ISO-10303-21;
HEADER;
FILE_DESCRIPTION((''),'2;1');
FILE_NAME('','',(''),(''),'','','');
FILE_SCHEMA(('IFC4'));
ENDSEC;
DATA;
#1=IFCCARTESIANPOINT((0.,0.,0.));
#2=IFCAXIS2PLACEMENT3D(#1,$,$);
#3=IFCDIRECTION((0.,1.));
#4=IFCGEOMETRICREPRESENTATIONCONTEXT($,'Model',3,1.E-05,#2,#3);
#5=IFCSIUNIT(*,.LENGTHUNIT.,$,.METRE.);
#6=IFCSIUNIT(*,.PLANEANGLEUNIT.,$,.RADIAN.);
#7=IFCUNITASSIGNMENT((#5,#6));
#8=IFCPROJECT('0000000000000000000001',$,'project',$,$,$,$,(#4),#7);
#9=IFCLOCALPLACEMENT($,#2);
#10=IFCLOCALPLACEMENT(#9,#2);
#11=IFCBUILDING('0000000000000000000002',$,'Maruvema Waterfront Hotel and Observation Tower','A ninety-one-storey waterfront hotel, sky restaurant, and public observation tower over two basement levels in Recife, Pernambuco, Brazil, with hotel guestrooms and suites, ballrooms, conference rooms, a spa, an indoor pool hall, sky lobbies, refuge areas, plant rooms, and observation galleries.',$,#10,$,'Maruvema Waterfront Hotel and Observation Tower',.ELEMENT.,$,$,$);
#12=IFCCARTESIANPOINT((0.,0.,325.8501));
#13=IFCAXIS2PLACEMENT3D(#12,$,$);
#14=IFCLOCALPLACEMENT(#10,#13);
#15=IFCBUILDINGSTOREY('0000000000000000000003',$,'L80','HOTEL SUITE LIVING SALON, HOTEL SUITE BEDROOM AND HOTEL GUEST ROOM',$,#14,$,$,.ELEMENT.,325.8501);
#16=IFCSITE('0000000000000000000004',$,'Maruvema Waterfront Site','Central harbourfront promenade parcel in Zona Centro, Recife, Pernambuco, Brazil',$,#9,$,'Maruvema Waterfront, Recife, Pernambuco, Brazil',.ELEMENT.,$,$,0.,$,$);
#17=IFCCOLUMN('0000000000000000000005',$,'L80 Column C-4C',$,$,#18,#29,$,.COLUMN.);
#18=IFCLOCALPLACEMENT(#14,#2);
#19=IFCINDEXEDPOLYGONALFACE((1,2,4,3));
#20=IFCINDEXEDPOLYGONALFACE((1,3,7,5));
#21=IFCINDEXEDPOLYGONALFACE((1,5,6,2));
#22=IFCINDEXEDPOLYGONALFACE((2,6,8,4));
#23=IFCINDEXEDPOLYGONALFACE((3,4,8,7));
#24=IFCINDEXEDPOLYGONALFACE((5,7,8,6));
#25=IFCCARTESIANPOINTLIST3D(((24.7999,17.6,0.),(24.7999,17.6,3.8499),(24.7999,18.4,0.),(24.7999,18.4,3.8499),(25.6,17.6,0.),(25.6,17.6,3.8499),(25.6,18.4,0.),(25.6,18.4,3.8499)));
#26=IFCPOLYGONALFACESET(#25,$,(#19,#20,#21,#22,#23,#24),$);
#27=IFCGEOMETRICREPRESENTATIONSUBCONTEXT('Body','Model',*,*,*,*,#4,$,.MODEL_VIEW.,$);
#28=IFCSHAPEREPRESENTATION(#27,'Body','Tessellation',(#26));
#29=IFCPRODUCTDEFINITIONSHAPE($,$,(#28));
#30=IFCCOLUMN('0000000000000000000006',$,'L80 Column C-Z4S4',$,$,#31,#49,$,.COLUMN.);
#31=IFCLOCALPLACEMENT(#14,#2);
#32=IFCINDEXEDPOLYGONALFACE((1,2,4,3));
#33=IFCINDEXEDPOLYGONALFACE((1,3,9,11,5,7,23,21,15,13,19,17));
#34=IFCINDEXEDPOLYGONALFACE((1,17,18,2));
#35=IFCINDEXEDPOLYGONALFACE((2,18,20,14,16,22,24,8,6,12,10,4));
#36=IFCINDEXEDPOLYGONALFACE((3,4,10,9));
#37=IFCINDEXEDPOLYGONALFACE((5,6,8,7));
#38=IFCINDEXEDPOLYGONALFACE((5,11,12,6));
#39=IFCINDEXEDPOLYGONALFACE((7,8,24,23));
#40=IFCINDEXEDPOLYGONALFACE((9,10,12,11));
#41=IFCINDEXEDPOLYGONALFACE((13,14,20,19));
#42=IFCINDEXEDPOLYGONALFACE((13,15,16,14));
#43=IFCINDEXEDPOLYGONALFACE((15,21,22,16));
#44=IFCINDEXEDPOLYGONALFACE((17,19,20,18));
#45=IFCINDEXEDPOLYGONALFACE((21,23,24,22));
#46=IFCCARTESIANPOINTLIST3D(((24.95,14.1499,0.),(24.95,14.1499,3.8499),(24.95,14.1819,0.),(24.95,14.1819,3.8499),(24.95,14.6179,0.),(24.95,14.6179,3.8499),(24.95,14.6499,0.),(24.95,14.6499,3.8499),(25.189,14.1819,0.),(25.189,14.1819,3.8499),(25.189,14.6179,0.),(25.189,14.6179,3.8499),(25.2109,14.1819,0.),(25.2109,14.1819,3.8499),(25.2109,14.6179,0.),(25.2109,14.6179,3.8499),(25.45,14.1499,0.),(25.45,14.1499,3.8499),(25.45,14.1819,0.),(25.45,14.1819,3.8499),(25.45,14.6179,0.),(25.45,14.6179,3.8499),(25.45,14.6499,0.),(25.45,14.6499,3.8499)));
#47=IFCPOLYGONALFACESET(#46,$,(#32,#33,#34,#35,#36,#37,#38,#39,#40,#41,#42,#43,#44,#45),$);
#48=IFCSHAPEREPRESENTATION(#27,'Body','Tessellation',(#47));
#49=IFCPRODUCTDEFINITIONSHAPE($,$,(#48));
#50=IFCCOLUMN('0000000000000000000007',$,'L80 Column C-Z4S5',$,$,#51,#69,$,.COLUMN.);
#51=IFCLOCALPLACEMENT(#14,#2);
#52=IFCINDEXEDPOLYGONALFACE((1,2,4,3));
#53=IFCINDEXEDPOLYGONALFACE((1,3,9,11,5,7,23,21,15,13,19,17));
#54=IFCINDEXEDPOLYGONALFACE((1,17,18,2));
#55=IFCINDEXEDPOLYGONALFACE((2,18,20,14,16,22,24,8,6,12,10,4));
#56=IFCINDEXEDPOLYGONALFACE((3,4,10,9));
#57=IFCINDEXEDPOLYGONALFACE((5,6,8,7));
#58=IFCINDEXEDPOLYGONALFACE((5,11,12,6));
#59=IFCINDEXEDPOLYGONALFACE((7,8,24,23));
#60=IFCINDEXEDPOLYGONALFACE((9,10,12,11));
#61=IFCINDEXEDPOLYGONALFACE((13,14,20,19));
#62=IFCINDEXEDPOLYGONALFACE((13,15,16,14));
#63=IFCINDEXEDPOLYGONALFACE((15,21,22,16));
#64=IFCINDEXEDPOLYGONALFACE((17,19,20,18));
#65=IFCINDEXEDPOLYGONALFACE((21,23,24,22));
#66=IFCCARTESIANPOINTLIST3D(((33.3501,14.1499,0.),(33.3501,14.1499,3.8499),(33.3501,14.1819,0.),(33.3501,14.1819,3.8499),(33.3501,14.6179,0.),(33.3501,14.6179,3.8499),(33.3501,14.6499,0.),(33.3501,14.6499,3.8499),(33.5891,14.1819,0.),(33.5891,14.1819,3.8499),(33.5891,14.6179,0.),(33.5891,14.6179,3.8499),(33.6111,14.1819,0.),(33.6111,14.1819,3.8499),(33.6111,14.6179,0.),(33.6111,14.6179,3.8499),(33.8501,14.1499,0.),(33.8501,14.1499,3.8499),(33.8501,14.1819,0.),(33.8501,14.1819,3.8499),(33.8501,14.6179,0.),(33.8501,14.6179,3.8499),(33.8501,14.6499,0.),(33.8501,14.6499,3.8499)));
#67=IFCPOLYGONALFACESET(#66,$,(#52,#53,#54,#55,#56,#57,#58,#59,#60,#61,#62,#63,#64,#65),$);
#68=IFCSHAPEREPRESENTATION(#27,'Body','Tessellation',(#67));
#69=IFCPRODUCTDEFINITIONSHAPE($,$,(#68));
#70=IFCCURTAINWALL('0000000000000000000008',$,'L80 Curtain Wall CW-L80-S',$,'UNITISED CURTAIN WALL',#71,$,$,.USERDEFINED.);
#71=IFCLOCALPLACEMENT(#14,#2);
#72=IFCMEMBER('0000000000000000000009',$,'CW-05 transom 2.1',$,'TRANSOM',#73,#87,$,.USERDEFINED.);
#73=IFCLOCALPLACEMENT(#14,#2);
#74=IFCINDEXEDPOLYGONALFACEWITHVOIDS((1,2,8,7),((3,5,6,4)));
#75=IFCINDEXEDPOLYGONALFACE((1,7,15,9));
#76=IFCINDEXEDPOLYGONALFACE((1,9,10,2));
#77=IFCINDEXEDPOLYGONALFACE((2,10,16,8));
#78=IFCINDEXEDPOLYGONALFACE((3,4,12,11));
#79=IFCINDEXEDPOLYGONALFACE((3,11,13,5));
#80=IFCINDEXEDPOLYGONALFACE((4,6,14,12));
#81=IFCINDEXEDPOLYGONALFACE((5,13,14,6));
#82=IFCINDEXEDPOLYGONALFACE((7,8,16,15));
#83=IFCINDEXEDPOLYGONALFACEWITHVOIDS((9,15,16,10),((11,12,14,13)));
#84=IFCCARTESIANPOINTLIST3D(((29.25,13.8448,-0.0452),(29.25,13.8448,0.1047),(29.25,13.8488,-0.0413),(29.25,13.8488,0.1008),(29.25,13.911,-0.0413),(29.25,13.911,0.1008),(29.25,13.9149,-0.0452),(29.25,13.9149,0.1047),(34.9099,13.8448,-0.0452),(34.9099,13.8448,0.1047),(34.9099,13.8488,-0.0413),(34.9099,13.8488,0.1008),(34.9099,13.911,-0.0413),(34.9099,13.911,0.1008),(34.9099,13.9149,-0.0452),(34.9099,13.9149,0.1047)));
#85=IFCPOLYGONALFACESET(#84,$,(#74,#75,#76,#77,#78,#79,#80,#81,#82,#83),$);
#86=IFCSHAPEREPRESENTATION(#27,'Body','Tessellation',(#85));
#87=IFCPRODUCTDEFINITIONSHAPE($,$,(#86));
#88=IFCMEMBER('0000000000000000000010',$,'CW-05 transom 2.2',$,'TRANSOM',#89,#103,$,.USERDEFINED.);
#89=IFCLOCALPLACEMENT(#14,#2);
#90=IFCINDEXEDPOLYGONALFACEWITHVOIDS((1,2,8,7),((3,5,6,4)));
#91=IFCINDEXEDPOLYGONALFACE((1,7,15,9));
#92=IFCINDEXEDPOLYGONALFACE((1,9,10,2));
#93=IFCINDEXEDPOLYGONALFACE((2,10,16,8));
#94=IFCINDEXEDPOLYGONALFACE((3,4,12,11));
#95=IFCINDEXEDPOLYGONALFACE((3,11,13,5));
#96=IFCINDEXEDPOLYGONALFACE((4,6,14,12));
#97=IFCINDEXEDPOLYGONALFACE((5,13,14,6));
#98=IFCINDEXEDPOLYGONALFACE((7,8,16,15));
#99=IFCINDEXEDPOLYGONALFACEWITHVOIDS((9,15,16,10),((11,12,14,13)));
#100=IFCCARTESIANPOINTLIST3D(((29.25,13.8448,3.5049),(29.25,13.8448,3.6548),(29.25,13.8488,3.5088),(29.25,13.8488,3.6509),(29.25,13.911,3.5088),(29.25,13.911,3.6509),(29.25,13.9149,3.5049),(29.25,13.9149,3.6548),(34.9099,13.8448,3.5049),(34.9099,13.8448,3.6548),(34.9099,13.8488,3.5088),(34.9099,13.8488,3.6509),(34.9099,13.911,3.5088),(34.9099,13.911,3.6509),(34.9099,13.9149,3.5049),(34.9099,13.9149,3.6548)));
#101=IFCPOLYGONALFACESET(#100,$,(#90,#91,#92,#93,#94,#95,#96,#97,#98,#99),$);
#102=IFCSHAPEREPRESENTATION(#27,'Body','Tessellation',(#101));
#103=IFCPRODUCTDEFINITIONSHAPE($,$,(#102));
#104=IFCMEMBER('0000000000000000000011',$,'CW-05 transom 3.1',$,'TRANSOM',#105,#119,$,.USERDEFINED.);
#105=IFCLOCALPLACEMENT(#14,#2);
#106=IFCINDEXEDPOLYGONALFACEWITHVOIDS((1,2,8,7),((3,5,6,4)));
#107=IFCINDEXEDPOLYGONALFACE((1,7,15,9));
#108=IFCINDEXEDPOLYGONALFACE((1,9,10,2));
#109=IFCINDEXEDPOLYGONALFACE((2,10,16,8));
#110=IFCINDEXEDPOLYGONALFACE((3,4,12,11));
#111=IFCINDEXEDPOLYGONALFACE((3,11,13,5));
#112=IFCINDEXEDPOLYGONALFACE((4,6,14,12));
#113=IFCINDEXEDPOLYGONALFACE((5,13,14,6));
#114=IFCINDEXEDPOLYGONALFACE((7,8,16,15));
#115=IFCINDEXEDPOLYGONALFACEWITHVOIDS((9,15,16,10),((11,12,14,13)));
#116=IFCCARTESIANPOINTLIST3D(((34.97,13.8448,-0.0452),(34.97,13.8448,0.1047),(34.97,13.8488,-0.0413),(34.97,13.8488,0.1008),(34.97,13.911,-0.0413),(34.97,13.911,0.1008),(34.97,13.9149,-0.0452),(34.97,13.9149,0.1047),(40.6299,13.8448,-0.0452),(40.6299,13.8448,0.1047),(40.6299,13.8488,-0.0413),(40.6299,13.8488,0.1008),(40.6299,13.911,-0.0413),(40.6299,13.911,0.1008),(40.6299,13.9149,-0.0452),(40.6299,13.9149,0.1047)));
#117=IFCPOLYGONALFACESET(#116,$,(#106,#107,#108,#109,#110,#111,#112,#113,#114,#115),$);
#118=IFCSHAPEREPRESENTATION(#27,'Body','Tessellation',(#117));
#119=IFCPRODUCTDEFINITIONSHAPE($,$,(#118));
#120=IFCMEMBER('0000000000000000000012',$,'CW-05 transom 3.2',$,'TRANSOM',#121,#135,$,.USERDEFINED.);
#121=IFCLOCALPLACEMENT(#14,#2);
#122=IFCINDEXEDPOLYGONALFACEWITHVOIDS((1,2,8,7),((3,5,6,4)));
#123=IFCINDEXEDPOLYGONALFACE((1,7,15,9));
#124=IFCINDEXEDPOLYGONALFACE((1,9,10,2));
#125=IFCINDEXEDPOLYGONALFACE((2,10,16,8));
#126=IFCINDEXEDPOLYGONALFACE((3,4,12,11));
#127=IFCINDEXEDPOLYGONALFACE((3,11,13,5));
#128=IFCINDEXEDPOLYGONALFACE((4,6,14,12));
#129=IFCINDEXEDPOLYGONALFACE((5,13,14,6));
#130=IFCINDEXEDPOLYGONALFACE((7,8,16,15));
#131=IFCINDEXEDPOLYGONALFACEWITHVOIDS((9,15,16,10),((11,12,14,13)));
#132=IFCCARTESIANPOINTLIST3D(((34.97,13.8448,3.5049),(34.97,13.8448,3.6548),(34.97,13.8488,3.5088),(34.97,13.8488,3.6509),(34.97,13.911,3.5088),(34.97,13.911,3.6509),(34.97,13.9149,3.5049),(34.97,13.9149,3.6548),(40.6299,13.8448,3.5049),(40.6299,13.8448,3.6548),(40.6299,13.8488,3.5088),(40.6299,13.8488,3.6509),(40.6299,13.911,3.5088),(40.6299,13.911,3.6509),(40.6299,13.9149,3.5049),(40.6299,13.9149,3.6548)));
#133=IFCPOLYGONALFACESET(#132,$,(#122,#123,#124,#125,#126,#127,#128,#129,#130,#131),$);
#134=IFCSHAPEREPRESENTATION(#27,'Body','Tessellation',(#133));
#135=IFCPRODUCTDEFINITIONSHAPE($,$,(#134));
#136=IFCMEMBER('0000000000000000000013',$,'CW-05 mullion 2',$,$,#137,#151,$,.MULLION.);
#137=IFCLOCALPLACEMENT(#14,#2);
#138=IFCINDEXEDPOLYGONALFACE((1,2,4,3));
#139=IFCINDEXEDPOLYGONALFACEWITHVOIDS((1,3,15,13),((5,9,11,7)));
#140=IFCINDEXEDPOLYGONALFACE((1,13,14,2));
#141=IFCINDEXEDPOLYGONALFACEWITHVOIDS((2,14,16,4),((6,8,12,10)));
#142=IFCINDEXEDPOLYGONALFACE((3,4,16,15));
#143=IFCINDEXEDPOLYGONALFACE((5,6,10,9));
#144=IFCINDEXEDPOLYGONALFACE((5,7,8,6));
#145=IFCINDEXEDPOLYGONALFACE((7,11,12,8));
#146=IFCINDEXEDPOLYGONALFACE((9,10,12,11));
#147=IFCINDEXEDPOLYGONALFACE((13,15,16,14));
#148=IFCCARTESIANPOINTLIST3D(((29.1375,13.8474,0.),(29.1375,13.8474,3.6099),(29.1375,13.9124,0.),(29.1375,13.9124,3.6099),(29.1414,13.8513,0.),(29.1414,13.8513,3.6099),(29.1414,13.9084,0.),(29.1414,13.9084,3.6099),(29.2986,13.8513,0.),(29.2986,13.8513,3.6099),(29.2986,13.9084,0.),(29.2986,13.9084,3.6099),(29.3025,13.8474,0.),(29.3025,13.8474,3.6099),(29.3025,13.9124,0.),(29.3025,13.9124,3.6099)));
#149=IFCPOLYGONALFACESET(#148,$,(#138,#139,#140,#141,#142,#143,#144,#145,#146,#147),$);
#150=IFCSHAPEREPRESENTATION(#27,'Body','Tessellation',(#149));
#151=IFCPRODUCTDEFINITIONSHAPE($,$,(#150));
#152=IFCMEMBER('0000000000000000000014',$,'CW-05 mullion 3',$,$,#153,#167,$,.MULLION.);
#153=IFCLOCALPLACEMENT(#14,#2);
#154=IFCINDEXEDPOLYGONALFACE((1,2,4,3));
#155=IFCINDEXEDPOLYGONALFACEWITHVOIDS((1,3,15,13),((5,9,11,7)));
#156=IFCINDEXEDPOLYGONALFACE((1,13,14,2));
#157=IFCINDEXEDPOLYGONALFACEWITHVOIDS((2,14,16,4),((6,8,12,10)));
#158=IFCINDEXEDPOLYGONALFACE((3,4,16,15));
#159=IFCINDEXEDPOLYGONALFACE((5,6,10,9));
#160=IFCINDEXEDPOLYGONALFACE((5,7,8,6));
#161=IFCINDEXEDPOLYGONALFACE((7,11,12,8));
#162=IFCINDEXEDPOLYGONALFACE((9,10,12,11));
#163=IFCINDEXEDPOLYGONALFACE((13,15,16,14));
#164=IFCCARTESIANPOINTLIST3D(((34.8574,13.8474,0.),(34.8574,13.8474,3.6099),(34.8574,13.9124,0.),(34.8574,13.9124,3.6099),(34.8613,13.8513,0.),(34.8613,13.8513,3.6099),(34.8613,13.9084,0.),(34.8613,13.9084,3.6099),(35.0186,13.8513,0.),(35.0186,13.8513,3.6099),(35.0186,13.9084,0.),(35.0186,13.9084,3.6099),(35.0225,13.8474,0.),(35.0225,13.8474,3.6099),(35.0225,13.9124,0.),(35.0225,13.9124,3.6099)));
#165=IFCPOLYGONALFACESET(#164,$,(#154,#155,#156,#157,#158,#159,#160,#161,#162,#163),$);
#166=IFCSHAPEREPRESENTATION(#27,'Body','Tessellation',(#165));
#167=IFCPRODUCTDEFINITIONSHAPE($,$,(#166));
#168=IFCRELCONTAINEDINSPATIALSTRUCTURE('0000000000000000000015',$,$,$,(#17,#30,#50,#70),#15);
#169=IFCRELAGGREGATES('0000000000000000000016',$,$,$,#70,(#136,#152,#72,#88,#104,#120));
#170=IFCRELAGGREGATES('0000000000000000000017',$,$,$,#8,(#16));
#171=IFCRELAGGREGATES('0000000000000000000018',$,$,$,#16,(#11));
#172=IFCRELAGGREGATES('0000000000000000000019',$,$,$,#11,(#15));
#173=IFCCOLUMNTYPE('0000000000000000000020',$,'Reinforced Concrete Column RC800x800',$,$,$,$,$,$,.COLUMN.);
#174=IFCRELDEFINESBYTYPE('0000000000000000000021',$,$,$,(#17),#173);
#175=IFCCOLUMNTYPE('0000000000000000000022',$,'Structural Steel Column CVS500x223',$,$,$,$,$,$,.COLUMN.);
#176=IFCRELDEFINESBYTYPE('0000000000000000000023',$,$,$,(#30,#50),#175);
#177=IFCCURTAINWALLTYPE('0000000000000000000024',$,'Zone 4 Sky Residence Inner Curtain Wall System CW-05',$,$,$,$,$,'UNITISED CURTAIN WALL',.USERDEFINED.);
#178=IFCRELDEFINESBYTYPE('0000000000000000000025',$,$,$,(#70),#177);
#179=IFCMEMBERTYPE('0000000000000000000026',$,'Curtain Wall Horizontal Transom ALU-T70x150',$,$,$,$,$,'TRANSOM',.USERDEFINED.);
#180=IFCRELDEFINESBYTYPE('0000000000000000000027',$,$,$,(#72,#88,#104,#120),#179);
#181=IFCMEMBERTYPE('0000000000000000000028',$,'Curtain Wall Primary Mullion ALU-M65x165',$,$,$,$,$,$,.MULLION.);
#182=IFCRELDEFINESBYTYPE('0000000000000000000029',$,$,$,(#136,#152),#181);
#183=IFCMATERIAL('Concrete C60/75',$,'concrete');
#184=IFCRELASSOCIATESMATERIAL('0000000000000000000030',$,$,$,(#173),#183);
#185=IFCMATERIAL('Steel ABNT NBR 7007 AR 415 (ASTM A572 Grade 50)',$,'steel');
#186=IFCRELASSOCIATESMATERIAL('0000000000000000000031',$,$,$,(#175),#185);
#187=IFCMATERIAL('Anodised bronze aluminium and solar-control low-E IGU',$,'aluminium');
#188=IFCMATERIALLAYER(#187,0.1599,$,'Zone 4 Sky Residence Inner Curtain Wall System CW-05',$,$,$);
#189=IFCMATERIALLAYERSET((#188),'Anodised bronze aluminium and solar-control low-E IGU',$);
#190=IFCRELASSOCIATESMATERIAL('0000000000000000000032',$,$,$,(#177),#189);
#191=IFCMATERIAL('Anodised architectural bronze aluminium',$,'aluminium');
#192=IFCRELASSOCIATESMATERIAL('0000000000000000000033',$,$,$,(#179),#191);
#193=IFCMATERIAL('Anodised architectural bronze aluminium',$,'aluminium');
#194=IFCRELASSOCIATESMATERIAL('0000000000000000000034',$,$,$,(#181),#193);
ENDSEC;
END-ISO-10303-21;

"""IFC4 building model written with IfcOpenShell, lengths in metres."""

from ifc_helpers import new_model, si_unit, direction, frame, origin, origin_2d, place, context, subcontext, project, spatial, rectangle, hollow_rectangle, i_section, extrude, material, layer, layer_set, material_profile, profile_set, type_object, element, aggregate, save


model = new_model("IFC4")

# Units and contexts
model_context = context("Model", 3, precision=1e-05, world=origin(), true_north=direction((0.0, 1.0)))
body_context = subcontext(model_context, "Body", "Model", "MODEL_VIEW")
ifc_project = project(units=[si_unit("LENGTHUNIT", "METRE"), si_unit("PLANEANGLEUNIT", "RADIAN")], contexts=[model_context])

# Site, building, storey
site_placement = place(None, origin())
site = spatial("IfcSite", under=ifc_project, at=site_placement, Name="Maruvema Waterfront Site", Description="Central harbourfront promenade parcel in Zona Centro, Recife, Pernambuco, Brazil", LongName="Maruvema Waterfront, Recife, Pernambuco, Brazil", CompositionType="ELEMENT", RefElevation=0.0)
building_placement = place(site_placement, origin())
building = spatial("IfcBuilding", under=site, at=building_placement, Name="Maruvema Waterfront Hotel and Observation Tower", Description="A ninety-one-storey waterfront hotel, sky restaurant, and public observation tower over two basement levels in Recife, Pernambuco, Brazil, with hotel guestrooms and suites, ballrooms, conference rooms, a spa, an indoor pool hall, sky lobbies, refuge areas, plant rooms, and observation galleries.", LongName="Maruvema Waterfront Hotel and Observation Tower", CompositionType="ELEMENT")
storey_placement = place(building_placement, frame((0.0, 0.0, 325.8501)))
storey = spatial("IfcBuildingStorey", under=building, at=storey_placement, Name="L80", Description="HOTEL SUITE LIVING SALON, HOTEL SUITE BEDROOM AND HOTEL GUEST ROOM", CompositionType="ELEMENT", Elevation=325.8501)

# Columns
ifc_material_1 = material(Name="Concrete C60/75", Category="concrete")
ifc_material_profile_1 = material_profile(ifc_material_1, rectangle(XDim=0.8, YDim=0.8, at=origin_2d()), Name="RC800x800")
ifc_profile_set_1 = profile_set([ifc_material_profile_1], Name="Concrete C60/75")
column_type_1 = type_object("IfcColumnType", Name="Reinforced Concrete Column RC800x800", PredefinedType="COLUMN", material=ifc_profile_set_1)
column_placement = place(storey_placement, frame((25.2, 18.0, 0.0), z_axis=(0.0, 0.0, 1.0), x_axis=(1.0, 0.0, 0.0)))
element("IfcColumn", 1, at=column_placement, inside=storey, type_object=column_type_1, Name="L80 Column C-4C", PredefinedType="COLUMN", context=body_context, shape_type="SweptSolid", body=[
    extrude(rectangle(XDim=0.8, YDim=0.8, at=origin_2d()), origin(), (0.0, 0.0, 1.0), 3.8499),
])
ifc_material_2 = material(Name="Steel ABNT NBR 7007 AR 415 (ASTM A572 Grade 50)", Category="steel")
ifc_material_profile_2 = material_profile(ifc_material_2, i_section(OverallWidth=0.5, OverallDepth=0.5, WebThickness=0.022, FlangeThickness=0.032, at=origin_2d()), Name="CVS500x223")
ifc_profile_set_2 = profile_set([ifc_material_profile_2], Name="Steel ABNT NBR 7007 AR 415 (ASTM A572 Grade 50)")
column_type_2 = type_object("IfcColumnType", Name="Structural Steel Column CVS500x223", PredefinedType="COLUMN", material=ifc_profile_set_2)
for number, where, z_axis, x_axis, name in (
    (2, (25.2, 14.3999, 0.0), (0.0, 0.0, 1.0), (1.0, 0.0, 0.0), "L80 Column C-Z4S4"),
    (3, (33.6001, 14.3999, 0.0), (0.0, 0.0, 1.0), (1.0, 0.0, 0.0), "L80 Column C-Z4S5"),
):
    element("IfcColumn", number, at=place(storey_placement, frame(where, z_axis=z_axis, x_axis=x_axis)), inside=storey, type_object=column_type_2, Name=name, PredefinedType="COLUMN", context=body_context, shape_type="SweptSolid", body=[
        extrude(i_section(OverallWidth=0.5, OverallDepth=0.5, WebThickness=0.022, FlangeThickness=0.032, at=origin_2d()), origin(), (0.0, 0.0, 1.0), 3.8499),
    ])

# Curtain wall, members
ifc_material_3 = material(Name="Anodised bronze aluminium and solar-control low-E IGU", Category="aluminium")
ifc_layer_1 = layer(ifc_material_3, 0.1599, Name="Zone 4 Sky Residence Inner Curtain Wall System CW-05")
ifc_layer_set_1 = layer_set([ifc_layer_1], Name="Anodised bronze aluminium and solar-control low-E IGU")
curtain_wall_type = type_object("IfcCurtainWallType", Name="Zone 4 Sky Residence Inner Curtain Wall System CW-05", ElementType="UNITISED CURTAIN WALL", PredefinedType="USERDEFINED", material=ifc_layer_set_1)
curtain_wall_placement = place(storey_placement, origin())
curtain_wall = element("IfcCurtainWall", 4, at=curtain_wall_placement, inside=storey, type_object=curtain_wall_type, Name="L80 Curtain Wall CW-L80-S", ObjectType="UNITISED CURTAIN WALL", PredefinedType="USERDEFINED")
ifc_material_4 = material(Name="Anodised architectural bronze aluminium", Category="aluminium")
ifc_material_profile_3 = material_profile(ifc_material_4, hollow_rectangle(XDim=0.0701, YDim=0.1499, WallThickness=0.0039, at=origin_2d()), Name="ALU-T70x150")
ifc_profile_set_3 = profile_set([ifc_material_profile_3], Name="Anodised architectural bronze aluminium")
member_type_1 = type_object("IfcMemberType", Name="Curtain Wall Horizontal Transom ALU-T70x150", ElementType="TRANSOM", PredefinedType="USERDEFINED", material=ifc_profile_set_3)
member_1_placement = place(storey_placement, frame((29.25, 13.8799, 0.0298), z_axis=(1.0, 0.0, 0.0), x_axis=(0.0, 1.0, 0.0)))
member_1 = element("IfcMember", 5, at=member_1_placement, type_object=member_type_1, Name="CW-05 transom 2.1", ObjectType="TRANSOM", PredefinedType="USERDEFINED", context=body_context, shape_type="SweptSolid", body=[
    extrude(hollow_rectangle(XDim=0.0701, YDim=0.1499, WallThickness=0.0039, at=origin_2d()), origin(), (0.0, 0.0, 1.0), 5.6599),
])
member_2_placement = place(storey_placement, frame((29.25, 13.8799, 3.5798), z_axis=(1.0, 0.0, 0.0), x_axis=(0.0, 1.0, 0.0)))
member_2 = element("IfcMember", 6, at=member_2_placement, type_object=member_type_1, Name="CW-05 transom 2.2", ObjectType="TRANSOM", PredefinedType="USERDEFINED", context=body_context, shape_type="SweptSolid", body=[
    extrude(hollow_rectangle(XDim=0.0701, YDim=0.1499, WallThickness=0.0039, at=origin_2d()), origin(), (0.0, 0.0, 1.0), 5.6599),
])
member_3_placement = place(storey_placement, frame((34.97, 13.8799, 0.0298), z_axis=(1.0, 0.0, 0.0), x_axis=(0.0, 1.0, 0.0)))
member_3 = element("IfcMember", 7, at=member_3_placement, type_object=member_type_1, Name="CW-05 transom 3.1", ObjectType="TRANSOM", PredefinedType="USERDEFINED", context=body_context, shape_type="SweptSolid", body=[
    extrude(hollow_rectangle(XDim=0.0701, YDim=0.1499, WallThickness=0.0039, at=origin_2d()), origin(), (0.0, 0.0, 1.0), 5.6599),
])
member_4_placement = place(storey_placement, frame((34.97, 13.8799, 3.5798), z_axis=(1.0, 0.0, 0.0), x_axis=(0.0, 1.0, 0.0)))
member_4 = element("IfcMember", 8, at=member_4_placement, type_object=member_type_1, Name="CW-05 transom 3.2", ObjectType="TRANSOM", PredefinedType="USERDEFINED", context=body_context, shape_type="SweptSolid", body=[
    extrude(hollow_rectangle(XDim=0.0701, YDim=0.1499, WallThickness=0.0039, at=origin_2d()), origin(), (0.0, 0.0, 1.0), 5.6599),
])
ifc_material_5 = material(Name="Anodised architectural bronze aluminium", Category="aluminium")
ifc_material_profile_4 = material_profile(ifc_material_5, hollow_rectangle(XDim=0.0649, YDim=0.165, WallThickness=0.0039, at=origin_2d()), Name="ALU-M65x165")
ifc_profile_set_4 = profile_set([ifc_material_profile_4], Name="Anodised architectural bronze aluminium")
member_type_2 = type_object("IfcMemberType", Name="Curtain Wall Primary Mullion ALU-M65x165", PredefinedType="MULLION", material=ifc_profile_set_4)
member_5_placement = place(storey_placement, frame((29.22, 13.8799, 0.0), z_axis=(0.0, 0.0, 1.0), x_axis=(0.0, 1.0, 0.0)))
member_5 = element("IfcMember", 9, at=member_5_placement, type_object=member_type_2, Name="CW-05 mullion 2", PredefinedType="MULLION", context=body_context, shape_type="SweptSolid", body=[
    extrude(hollow_rectangle(XDim=0.0649, YDim=0.165, WallThickness=0.0039, at=origin_2d()), origin(), (0.0, 0.0, 1.0), 3.6099),
])
member_6_placement = place(storey_placement, frame((34.9399, 13.8799, 0.0), z_axis=(0.0, 0.0, 1.0), x_axis=(0.0, 1.0, 0.0)))
member_6 = element("IfcMember", 10, at=member_6_placement, type_object=member_type_2, Name="CW-05 mullion 3", PredefinedType="MULLION", context=body_context, shape_type="SweptSolid", body=[
    extrude(hollow_rectangle(XDim=0.0649, YDim=0.165, WallThickness=0.0039, at=origin_2d()), origin(), (0.0, 0.0, 1.0), 3.6099),
])

aggregate(curtain_wall, [member_5, member_6, member_1, member_2, member_3, member_4])

save(model, "model.ifc")
